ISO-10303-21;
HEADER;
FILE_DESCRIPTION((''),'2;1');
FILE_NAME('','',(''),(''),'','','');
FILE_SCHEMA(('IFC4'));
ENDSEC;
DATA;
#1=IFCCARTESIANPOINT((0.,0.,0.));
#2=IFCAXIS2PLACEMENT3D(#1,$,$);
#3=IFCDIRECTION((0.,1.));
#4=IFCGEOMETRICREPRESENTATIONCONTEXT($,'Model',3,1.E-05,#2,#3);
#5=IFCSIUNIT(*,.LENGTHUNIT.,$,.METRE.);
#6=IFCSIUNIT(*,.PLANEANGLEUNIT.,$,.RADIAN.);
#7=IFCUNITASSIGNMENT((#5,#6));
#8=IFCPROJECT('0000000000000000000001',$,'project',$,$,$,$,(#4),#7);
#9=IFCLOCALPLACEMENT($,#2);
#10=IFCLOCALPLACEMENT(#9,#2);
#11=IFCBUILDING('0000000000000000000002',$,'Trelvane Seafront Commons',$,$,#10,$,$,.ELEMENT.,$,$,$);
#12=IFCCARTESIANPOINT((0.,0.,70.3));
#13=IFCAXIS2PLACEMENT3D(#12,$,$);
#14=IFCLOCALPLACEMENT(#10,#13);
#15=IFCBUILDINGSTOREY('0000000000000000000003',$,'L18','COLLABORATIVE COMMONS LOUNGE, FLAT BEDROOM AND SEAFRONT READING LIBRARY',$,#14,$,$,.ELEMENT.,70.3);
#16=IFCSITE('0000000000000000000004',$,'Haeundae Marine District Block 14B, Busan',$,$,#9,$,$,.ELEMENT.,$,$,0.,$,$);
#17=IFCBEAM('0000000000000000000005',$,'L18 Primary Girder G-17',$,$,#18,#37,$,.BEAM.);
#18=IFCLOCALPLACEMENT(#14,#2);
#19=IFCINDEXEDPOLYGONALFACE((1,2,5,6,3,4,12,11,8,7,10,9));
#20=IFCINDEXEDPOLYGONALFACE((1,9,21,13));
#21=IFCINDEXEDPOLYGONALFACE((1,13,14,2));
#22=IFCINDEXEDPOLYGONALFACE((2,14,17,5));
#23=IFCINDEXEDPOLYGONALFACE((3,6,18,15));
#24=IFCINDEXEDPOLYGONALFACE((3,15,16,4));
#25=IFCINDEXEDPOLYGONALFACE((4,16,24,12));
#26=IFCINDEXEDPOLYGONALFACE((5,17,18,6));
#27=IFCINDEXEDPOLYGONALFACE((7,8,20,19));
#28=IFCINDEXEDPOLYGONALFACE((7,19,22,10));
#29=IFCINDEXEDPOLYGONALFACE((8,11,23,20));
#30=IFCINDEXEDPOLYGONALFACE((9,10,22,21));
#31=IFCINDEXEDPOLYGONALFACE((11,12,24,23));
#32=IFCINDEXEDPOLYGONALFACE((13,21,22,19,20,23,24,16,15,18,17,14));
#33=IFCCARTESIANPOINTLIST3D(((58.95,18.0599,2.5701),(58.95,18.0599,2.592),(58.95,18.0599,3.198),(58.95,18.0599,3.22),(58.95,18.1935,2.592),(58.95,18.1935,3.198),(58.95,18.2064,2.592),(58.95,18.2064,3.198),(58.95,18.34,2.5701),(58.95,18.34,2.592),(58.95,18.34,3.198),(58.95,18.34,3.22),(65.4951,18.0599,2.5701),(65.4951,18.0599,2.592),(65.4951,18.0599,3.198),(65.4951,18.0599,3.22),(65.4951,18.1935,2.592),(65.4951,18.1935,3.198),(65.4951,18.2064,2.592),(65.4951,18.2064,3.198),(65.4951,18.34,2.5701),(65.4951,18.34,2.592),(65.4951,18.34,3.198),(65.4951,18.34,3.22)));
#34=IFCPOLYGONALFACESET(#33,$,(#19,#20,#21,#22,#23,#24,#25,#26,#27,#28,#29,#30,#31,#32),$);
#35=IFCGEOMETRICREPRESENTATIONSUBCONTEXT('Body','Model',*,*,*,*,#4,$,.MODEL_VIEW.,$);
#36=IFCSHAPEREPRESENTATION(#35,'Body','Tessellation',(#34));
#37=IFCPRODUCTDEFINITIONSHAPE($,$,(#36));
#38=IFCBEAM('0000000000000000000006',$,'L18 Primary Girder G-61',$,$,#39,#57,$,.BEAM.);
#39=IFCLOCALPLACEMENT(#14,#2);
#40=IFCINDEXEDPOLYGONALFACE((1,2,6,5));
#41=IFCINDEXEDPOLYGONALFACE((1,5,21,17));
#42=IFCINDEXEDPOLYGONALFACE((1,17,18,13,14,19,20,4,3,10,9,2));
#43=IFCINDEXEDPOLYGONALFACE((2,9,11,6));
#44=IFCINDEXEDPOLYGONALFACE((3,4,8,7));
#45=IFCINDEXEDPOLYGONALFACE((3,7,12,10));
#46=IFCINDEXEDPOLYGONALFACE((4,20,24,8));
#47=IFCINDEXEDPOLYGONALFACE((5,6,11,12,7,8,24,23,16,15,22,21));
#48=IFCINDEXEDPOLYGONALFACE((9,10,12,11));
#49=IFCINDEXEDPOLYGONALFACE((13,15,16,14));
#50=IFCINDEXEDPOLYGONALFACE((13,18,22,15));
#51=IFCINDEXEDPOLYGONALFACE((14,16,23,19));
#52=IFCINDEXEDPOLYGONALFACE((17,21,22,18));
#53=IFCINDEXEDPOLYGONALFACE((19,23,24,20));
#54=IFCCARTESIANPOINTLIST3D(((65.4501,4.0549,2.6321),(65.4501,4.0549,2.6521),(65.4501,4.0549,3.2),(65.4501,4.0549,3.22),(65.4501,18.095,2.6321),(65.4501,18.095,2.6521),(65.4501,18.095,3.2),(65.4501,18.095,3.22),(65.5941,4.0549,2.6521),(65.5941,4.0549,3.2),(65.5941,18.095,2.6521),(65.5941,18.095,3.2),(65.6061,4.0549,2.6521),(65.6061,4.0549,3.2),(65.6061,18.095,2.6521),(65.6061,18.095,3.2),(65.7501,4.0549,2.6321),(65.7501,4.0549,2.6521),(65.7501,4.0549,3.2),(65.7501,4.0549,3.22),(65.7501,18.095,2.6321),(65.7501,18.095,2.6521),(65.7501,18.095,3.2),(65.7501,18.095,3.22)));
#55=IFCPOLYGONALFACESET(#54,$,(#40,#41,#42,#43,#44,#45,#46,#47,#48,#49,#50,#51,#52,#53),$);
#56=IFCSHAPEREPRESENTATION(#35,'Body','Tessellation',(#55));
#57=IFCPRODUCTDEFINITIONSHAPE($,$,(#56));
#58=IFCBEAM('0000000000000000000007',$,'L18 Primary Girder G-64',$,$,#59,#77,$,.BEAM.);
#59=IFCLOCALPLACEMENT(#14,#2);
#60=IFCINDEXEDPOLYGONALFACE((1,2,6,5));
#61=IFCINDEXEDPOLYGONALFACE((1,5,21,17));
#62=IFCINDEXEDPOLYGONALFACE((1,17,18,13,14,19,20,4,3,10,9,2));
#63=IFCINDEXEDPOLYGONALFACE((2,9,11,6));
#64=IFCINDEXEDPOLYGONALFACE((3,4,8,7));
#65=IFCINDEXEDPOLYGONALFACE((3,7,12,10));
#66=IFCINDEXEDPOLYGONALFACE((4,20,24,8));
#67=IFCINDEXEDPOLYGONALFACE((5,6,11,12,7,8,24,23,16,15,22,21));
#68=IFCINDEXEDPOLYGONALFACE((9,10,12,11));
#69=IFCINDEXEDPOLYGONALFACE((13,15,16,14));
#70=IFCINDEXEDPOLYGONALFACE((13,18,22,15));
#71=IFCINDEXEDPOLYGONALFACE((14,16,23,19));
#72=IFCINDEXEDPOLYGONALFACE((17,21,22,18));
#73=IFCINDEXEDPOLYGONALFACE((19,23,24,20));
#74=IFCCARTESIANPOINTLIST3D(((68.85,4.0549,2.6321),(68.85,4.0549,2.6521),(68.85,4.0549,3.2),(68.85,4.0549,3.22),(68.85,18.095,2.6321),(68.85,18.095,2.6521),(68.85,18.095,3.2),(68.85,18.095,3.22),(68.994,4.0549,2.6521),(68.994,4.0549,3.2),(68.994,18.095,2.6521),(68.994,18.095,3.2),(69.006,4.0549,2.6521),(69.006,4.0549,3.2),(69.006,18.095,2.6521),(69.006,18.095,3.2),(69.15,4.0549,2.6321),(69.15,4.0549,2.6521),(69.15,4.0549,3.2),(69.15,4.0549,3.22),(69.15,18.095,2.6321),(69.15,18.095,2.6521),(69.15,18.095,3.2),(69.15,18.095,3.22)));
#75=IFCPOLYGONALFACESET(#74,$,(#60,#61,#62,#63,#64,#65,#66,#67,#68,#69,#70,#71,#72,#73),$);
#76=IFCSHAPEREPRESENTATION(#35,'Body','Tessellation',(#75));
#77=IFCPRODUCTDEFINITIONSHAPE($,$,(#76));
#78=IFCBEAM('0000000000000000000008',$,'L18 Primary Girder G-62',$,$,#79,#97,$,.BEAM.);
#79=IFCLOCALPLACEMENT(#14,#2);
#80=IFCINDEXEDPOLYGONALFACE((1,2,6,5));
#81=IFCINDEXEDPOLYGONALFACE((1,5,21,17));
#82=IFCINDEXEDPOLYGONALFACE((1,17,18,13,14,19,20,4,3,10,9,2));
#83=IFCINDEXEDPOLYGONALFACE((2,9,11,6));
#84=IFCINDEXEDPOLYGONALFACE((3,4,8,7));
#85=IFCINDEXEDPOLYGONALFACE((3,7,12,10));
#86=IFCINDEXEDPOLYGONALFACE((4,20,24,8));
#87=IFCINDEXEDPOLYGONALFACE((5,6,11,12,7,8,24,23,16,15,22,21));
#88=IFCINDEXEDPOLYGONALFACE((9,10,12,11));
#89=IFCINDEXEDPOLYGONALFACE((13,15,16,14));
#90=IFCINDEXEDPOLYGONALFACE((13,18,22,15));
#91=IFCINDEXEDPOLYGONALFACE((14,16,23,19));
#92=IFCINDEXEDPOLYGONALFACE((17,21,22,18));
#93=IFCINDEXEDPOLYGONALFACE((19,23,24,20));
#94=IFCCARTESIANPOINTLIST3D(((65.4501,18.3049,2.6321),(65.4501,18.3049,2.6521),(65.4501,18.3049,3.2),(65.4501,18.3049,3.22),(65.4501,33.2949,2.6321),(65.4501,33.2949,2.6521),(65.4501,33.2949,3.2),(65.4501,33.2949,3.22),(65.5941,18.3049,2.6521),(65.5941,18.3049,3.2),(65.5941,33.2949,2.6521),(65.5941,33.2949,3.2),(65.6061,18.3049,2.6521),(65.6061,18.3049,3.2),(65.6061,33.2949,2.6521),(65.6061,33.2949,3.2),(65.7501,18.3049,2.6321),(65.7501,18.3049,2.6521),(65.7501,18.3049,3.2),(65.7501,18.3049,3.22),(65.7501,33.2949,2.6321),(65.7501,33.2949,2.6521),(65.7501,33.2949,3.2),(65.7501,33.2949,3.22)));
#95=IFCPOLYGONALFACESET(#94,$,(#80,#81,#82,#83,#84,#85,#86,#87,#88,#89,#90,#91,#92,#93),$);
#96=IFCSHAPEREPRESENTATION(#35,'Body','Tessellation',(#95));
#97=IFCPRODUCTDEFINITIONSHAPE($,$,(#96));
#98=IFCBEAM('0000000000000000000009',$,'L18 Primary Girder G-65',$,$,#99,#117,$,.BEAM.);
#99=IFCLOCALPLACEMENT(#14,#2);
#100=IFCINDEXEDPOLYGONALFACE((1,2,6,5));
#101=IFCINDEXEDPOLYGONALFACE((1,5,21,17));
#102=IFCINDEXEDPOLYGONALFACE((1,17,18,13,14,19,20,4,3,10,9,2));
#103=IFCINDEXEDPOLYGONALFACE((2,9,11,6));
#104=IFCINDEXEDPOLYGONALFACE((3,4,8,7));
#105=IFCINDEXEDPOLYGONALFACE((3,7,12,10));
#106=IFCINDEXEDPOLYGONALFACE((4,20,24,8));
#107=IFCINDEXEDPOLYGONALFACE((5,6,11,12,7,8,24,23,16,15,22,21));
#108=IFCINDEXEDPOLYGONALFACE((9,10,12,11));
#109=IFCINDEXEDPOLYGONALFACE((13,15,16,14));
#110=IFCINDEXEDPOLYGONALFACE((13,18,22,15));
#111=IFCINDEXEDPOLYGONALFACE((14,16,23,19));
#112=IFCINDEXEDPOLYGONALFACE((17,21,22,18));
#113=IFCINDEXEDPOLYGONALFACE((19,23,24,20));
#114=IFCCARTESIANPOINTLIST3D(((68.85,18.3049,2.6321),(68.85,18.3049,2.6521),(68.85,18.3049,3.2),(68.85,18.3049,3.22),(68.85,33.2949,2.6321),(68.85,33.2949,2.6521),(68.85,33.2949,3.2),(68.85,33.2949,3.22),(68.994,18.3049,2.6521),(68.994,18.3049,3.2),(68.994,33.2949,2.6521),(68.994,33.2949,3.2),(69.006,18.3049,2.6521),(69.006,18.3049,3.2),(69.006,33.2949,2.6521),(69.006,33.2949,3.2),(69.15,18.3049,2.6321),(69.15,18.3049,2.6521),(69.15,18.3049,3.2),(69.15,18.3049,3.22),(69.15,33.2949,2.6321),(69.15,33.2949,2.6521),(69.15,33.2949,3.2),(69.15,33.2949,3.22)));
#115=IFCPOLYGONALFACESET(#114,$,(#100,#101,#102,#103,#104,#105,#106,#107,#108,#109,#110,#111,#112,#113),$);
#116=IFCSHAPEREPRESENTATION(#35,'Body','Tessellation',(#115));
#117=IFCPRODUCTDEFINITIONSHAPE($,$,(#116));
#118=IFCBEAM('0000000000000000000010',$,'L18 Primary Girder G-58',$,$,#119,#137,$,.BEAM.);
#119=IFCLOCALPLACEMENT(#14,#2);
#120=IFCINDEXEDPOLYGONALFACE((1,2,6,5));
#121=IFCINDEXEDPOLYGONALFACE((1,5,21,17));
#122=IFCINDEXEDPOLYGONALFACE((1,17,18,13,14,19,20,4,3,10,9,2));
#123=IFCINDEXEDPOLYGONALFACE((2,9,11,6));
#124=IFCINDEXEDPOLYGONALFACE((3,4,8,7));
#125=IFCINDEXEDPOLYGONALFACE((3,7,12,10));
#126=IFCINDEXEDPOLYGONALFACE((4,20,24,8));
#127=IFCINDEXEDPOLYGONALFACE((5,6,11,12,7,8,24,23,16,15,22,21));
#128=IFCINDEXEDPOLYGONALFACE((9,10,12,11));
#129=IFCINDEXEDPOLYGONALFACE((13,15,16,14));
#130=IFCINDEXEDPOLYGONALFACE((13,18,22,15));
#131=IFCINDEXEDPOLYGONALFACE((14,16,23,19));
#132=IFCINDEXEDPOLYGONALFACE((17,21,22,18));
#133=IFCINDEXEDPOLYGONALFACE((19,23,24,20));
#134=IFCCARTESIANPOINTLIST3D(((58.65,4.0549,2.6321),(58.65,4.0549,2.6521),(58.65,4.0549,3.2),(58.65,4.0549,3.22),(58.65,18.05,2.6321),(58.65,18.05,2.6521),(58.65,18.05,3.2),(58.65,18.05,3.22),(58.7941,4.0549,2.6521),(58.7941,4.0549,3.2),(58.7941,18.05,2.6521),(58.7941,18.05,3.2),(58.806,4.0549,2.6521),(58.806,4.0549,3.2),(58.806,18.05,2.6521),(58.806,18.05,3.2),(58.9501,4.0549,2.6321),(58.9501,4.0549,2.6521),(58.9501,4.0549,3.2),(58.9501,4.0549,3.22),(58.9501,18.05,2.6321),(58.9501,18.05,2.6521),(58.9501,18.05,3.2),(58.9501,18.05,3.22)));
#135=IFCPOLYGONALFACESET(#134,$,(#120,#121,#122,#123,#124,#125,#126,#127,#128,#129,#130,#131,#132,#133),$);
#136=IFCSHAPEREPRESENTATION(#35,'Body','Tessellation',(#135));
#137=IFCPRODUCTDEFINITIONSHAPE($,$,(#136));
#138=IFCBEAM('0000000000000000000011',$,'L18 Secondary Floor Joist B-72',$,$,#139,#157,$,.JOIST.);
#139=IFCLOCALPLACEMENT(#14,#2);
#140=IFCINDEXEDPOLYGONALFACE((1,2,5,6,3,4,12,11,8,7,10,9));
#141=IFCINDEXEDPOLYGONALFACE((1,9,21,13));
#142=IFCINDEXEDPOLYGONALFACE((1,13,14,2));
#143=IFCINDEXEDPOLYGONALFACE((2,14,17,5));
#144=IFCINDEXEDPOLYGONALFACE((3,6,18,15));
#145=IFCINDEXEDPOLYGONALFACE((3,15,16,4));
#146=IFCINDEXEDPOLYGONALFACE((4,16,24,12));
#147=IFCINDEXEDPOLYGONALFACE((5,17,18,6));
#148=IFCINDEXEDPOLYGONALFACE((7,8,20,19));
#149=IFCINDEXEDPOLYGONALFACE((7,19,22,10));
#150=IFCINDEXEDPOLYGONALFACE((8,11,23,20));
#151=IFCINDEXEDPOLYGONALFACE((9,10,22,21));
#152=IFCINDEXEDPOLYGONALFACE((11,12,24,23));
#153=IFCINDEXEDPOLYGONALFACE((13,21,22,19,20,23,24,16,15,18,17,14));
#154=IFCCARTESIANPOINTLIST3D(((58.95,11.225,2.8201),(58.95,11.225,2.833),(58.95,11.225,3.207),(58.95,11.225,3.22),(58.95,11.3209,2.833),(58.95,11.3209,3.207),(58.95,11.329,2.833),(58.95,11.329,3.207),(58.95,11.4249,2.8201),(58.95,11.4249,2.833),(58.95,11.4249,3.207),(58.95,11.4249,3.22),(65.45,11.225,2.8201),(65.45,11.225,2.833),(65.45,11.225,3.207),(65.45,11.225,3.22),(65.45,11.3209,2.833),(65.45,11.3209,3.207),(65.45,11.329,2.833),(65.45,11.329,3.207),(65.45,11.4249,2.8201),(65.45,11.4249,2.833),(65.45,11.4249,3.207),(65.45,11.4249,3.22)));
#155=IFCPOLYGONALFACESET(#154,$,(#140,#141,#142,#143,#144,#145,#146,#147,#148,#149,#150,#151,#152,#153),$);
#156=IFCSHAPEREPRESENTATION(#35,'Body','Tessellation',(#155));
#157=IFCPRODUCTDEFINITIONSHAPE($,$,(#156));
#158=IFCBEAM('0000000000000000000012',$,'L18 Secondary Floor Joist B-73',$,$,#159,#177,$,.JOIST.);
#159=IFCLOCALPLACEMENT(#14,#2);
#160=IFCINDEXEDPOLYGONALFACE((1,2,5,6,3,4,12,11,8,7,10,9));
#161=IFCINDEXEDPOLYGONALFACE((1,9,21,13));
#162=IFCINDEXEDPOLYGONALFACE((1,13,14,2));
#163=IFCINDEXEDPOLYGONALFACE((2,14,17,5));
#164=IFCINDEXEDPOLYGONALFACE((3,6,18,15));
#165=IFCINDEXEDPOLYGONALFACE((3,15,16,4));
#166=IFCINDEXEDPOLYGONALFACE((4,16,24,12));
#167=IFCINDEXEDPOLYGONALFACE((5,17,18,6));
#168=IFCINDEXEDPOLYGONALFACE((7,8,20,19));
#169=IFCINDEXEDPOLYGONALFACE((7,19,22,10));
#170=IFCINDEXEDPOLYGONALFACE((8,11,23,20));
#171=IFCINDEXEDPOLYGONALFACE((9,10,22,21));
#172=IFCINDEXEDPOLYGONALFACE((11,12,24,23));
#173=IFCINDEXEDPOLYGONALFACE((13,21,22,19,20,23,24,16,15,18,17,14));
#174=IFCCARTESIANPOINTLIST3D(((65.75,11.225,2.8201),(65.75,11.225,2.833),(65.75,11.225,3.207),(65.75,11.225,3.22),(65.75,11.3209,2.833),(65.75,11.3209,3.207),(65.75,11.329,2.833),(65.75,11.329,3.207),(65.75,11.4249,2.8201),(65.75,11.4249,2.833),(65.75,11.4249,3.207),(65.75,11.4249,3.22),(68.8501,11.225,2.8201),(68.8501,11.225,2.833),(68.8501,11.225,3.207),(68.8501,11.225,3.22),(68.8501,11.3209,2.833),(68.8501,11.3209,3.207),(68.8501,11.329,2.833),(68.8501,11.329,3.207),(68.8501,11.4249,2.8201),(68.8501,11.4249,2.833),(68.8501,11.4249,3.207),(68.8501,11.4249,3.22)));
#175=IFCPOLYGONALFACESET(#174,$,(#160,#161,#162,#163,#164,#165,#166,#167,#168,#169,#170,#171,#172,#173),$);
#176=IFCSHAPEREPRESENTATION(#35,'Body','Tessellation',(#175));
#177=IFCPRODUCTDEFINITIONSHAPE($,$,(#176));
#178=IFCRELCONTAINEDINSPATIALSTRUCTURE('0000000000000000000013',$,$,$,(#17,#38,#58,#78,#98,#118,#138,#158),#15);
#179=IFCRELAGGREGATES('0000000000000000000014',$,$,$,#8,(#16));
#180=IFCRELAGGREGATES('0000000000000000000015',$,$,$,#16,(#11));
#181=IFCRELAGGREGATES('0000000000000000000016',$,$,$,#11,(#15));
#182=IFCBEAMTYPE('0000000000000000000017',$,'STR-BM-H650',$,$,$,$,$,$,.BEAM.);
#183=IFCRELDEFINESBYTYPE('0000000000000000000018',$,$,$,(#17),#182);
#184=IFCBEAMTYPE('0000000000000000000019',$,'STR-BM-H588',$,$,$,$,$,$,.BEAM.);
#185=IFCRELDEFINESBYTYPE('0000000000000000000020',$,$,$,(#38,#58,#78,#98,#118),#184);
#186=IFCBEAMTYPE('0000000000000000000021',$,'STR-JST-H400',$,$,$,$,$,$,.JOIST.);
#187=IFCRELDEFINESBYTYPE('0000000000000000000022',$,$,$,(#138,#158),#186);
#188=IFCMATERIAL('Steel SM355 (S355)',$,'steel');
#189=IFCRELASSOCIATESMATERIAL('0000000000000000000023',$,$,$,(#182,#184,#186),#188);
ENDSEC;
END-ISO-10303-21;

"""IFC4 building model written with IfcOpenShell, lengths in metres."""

from ifc_helpers import new_model, si_unit, direction, frame, origin, origin_2d, place, context, subcontext, project, spatial, i_section, extrude, source, transform, mapped, material, material_profile, profile_set, type_object, element, save


model = new_model("IFC4")

# Units and contexts
model_context = context("Model", 3, precision=1e-05, world=origin(), true_north=direction((0.0, 1.0)))
body_context = subcontext(model_context, "Body", "Model", "MODEL_VIEW")
ifc_project = project(units=[si_unit("LENGTHUNIT", "METRE"), si_unit("PLANEANGLEUNIT", "RADIAN")], contexts=[model_context])

# Site, building, storey
site_placement = place(None, origin())
site = spatial("IfcSite", under=ifc_project, at=site_placement, Name="Haeundae Marine District Block 14B, Busan", CompositionType="ELEMENT", RefElevation=0.0)
building_placement = place(site_placement, origin())
building = spatial("IfcBuilding", under=site, at=building_placement, Name="Trelvane Seafront Commons", CompositionType="ELEMENT")
storey_placement = place(building_placement, frame((0.0, 0.0, 70.3)))
storey = spatial("IfcBuildingStorey", under=building, at=storey_placement, Name="L18", Description="COLLABORATIVE COMMONS LOUNGE, FLAT BEDROOM AND SEAFRONT READING LIBRARY", CompositionType="ELEMENT", Elevation=70.3)

# Shared definitions
ifc_material_1 = material(Name="Steel SM355 (S355)", Category="steel")

# Beams
ifc_material_profile_1 = material_profile(ifc_material_1, i_section(OverallWidth=0.28, OverallDepth=0.6499, WebThickness=0.0129, FlangeThickness=0.022, at=origin_2d()), Name="H-650x280x13x22")
ifc_profile_set_1 = profile_set([ifc_material_profile_1], Name="Steel SM355 (S355)")
beam_type_1 = type_object("IfcBeamType", Name="STR-BM-H650", PredefinedType="BEAM", material=ifc_profile_set_1)
shared_shape_1 = source(origin(), body_context, "Body", "SweptSolid", [
    extrude(i_section(OverallWidth=0.28, OverallDepth=0.6499, WebThickness=0.0129, FlangeThickness=0.022, at=origin_2d()), origin(), (0.0, 0.0, 1.0), 6.5452),
])
beam_1_placement = place(storey_placement, frame((58.95, 18.2, 2.895), z_axis=(1.0, 0.0, 0.0), x_axis=(0.0, 1.0, 0.0)))
element("IfcBeam", 1, at=beam_1_placement, inside=storey, type_object=beam_type_1, Name="L18 Primary Girder G-17", PredefinedType="BEAM", context=body_context, shape_type="MappedRepresentation", body=[
    mapped(shared_shape_1, transform((0.0, 0.0, 0.0), x_axis=(1.0, 0.0, 0.0), y_axis=(0.0, 1.0, 0.0), z_axis=(0.0, 0.0, 1.0), scale=1.0)),
])
ifc_material_profile_2 = material_profile(ifc_material_1, i_section(OverallWidth=0.3, OverallDepth=0.5879, WebThickness=0.012, FlangeThickness=0.02, at=origin_2d()), Name="H-588x300x12x20")
ifc_profile_set_2 = profile_set([ifc_material_profile_2], Name="Steel SM355 (S355)")
beam_type_2 = type_object("IfcBeamType", Name="STR-BM-H588", PredefinedType="BEAM", material=ifc_profile_set_2)
shared_shape_2 = source(origin(), body_context, "Body", "SweptSolid", [
    extrude(i_section(OverallWidth=0.3, OverallDepth=0.5879, WebThickness=0.012, FlangeThickness=0.02, at=origin_2d()), origin(), (0.0, 0.0, 1.0), 14.04),
])
for number, where, z_axis, x_axis, name in (
    (2, (65.6001, 4.0549, 2.926), (0.0, 1.0, 0.0), (-1.0, 0.0, 0.0), "L18 Primary Girder G-61"),
    (3, (69.0, 4.0549, 2.926), (0.0, 1.0, 0.0), (-1.0, 0.0, 0.0), "L18 Primary Girder G-64"),
):
    element("IfcBeam", number, at=place(storey_placement, frame(where, z_axis=z_axis, x_axis=x_axis)), inside=storey, type_object=beam_type_2, Name=name, PredefinedType="BEAM", context=body_context, shape_type="MappedRepresentation", body=[
        mapped(shared_shape_2, transform((0.0, 0.0, 0.0), x_axis=(1.0, 0.0, 0.0), y_axis=(0.0, 1.0, 0.0), z_axis=(0.0, 0.0, 1.0), scale=1.0)),
    ])
shared_shape_3 = source(origin(), body_context, "Body", "SweptSolid", [
    extrude(i_section(OverallWidth=0.3, OverallDepth=0.5879, WebThickness=0.012, FlangeThickness=0.02, at=origin_2d()), origin(), (0.0, 0.0, 1.0), 14.99),
])
for number, where, z_axis, x_axis, name in (
    (4, (65.6001, 18.3049, 2.926), (0.0, 1.0, 0.0), (-1.0, 0.0, 0.0), "L18 Primary Girder G-62"),
    (5, (69.0, 18.3049, 2.926), (0.0, 1.0, 0.0), (-1.0, 0.0, 0.0), "L18 Primary Girder G-65"),
):
    element("IfcBeam", number, at=place(storey_placement, frame(where, z_axis=z_axis, x_axis=x_axis)), inside=storey, type_object=beam_type_2, Name=name, PredefinedType="BEAM", context=body_context, shape_type="MappedRepresentation", body=[
        mapped(shared_shape_3, transform((0.0, 0.0, 0.0), x_axis=(1.0, 0.0, 0.0), y_axis=(0.0, 1.0, 0.0), z_axis=(0.0, 0.0, 1.0), scale=1.0)),
    ])
shared_shape_4 = source(origin(), body_context, "Body", "SweptSolid", [
    extrude(i_section(OverallWidth=0.3, OverallDepth=0.5879, WebThickness=0.012, FlangeThickness=0.02, at=origin_2d()), origin(), (0.0, 0.0, 1.0), 13.9951),
])
beam_2_placement = place(storey_placement, frame((58.8, 4.0549, 2.926), z_axis=(0.0, 1.0, 0.0), x_axis=(-1.0, 0.0, 0.0)))
element("IfcBeam", 6, at=beam_2_placement, inside=storey, type_object=beam_type_2, Name="L18 Primary Girder G-58", PredefinedType="BEAM", context=body_context, shape_type="MappedRepresentation", body=[
    mapped(shared_shape_4, transform((0.0, 0.0, 0.0), x_axis=(1.0, 0.0, 0.0), y_axis=(0.0, 1.0, 0.0), z_axis=(0.0, 0.0, 1.0), scale=1.0)),
])
ifc_material_profile_3 = material_profile(ifc_material_1, i_section(OverallWidth=0.2, OverallDepth=0.3999, WebThickness=0.0081, FlangeThickness=0.0129, at=origin_2d()), Name="H-400x200x8x13")
ifc_profile_set_3 = profile_set([ifc_material_profile_3], Name="Steel SM355 (S355)")
beam_type_3 = type_object("IfcBeamType", Name="STR-JST-H400", PredefinedType="JOIST", material=ifc_profile_set_3)
shared_shape_5 = source(origin(), body_context, "Body", "SweptSolid", [
    extrude(i_section(OverallWidth=0.2, OverallDepth=0.3999, WebThickness=0.0081, FlangeThickness=0.0129, at=origin_2d()), origin(), (0.0, 0.0, 1.0), 6.5),
])
beam_3_placement = place(storey_placement, frame((58.95, 11.325, 3.02), z_axis=(1.0, 0.0, 0.0), x_axis=(0.0, 1.0, 0.0)))
element("IfcBeam", 7, at=beam_3_placement, inside=storey, type_object=beam_type_3, Name="L18 Secondary Floor Joist B-72", PredefinedType="JOIST", context=body_context, shape_type="MappedRepresentation", body=[
    mapped(shared_shape_5, transform((0.0, 0.0, 0.0), x_axis=(1.0, 0.0, 0.0), y_axis=(0.0, 1.0, 0.0), z_axis=(0.0, 0.0, 1.0), scale=1.0)),
])
shared_shape_6 = source(origin(), body_context, "Body", "SweptSolid", [
    extrude(i_section(OverallWidth=0.2, OverallDepth=0.3999, WebThickness=0.0081, FlangeThickness=0.0129, at=origin_2d()), origin(), (0.0, 0.0, 1.0), 3.1001),
])
beam_4_placement = place(storey_placement, frame((65.75, 11.325, 3.02), z_axis=(1.0, 0.0, 0.0), x_axis=(0.0, 1.0, 0.0)))
element("IfcBeam", 8, at=beam_4_placement, inside=storey, type_object=beam_type_3, Name="L18 Secondary Floor Joist B-73", PredefinedType="JOIST", context=body_context, shape_type="MappedRepresentation", body=[
    mapped(shared_shape_6, transform((0.0, 0.0, 0.0), x_axis=(1.0, 0.0, 0.0), y_axis=(0.0, 1.0, 0.0), z_axis=(0.0, 0.0, 1.0), scale=1.0)),
])

save(model, "model.ifc")
